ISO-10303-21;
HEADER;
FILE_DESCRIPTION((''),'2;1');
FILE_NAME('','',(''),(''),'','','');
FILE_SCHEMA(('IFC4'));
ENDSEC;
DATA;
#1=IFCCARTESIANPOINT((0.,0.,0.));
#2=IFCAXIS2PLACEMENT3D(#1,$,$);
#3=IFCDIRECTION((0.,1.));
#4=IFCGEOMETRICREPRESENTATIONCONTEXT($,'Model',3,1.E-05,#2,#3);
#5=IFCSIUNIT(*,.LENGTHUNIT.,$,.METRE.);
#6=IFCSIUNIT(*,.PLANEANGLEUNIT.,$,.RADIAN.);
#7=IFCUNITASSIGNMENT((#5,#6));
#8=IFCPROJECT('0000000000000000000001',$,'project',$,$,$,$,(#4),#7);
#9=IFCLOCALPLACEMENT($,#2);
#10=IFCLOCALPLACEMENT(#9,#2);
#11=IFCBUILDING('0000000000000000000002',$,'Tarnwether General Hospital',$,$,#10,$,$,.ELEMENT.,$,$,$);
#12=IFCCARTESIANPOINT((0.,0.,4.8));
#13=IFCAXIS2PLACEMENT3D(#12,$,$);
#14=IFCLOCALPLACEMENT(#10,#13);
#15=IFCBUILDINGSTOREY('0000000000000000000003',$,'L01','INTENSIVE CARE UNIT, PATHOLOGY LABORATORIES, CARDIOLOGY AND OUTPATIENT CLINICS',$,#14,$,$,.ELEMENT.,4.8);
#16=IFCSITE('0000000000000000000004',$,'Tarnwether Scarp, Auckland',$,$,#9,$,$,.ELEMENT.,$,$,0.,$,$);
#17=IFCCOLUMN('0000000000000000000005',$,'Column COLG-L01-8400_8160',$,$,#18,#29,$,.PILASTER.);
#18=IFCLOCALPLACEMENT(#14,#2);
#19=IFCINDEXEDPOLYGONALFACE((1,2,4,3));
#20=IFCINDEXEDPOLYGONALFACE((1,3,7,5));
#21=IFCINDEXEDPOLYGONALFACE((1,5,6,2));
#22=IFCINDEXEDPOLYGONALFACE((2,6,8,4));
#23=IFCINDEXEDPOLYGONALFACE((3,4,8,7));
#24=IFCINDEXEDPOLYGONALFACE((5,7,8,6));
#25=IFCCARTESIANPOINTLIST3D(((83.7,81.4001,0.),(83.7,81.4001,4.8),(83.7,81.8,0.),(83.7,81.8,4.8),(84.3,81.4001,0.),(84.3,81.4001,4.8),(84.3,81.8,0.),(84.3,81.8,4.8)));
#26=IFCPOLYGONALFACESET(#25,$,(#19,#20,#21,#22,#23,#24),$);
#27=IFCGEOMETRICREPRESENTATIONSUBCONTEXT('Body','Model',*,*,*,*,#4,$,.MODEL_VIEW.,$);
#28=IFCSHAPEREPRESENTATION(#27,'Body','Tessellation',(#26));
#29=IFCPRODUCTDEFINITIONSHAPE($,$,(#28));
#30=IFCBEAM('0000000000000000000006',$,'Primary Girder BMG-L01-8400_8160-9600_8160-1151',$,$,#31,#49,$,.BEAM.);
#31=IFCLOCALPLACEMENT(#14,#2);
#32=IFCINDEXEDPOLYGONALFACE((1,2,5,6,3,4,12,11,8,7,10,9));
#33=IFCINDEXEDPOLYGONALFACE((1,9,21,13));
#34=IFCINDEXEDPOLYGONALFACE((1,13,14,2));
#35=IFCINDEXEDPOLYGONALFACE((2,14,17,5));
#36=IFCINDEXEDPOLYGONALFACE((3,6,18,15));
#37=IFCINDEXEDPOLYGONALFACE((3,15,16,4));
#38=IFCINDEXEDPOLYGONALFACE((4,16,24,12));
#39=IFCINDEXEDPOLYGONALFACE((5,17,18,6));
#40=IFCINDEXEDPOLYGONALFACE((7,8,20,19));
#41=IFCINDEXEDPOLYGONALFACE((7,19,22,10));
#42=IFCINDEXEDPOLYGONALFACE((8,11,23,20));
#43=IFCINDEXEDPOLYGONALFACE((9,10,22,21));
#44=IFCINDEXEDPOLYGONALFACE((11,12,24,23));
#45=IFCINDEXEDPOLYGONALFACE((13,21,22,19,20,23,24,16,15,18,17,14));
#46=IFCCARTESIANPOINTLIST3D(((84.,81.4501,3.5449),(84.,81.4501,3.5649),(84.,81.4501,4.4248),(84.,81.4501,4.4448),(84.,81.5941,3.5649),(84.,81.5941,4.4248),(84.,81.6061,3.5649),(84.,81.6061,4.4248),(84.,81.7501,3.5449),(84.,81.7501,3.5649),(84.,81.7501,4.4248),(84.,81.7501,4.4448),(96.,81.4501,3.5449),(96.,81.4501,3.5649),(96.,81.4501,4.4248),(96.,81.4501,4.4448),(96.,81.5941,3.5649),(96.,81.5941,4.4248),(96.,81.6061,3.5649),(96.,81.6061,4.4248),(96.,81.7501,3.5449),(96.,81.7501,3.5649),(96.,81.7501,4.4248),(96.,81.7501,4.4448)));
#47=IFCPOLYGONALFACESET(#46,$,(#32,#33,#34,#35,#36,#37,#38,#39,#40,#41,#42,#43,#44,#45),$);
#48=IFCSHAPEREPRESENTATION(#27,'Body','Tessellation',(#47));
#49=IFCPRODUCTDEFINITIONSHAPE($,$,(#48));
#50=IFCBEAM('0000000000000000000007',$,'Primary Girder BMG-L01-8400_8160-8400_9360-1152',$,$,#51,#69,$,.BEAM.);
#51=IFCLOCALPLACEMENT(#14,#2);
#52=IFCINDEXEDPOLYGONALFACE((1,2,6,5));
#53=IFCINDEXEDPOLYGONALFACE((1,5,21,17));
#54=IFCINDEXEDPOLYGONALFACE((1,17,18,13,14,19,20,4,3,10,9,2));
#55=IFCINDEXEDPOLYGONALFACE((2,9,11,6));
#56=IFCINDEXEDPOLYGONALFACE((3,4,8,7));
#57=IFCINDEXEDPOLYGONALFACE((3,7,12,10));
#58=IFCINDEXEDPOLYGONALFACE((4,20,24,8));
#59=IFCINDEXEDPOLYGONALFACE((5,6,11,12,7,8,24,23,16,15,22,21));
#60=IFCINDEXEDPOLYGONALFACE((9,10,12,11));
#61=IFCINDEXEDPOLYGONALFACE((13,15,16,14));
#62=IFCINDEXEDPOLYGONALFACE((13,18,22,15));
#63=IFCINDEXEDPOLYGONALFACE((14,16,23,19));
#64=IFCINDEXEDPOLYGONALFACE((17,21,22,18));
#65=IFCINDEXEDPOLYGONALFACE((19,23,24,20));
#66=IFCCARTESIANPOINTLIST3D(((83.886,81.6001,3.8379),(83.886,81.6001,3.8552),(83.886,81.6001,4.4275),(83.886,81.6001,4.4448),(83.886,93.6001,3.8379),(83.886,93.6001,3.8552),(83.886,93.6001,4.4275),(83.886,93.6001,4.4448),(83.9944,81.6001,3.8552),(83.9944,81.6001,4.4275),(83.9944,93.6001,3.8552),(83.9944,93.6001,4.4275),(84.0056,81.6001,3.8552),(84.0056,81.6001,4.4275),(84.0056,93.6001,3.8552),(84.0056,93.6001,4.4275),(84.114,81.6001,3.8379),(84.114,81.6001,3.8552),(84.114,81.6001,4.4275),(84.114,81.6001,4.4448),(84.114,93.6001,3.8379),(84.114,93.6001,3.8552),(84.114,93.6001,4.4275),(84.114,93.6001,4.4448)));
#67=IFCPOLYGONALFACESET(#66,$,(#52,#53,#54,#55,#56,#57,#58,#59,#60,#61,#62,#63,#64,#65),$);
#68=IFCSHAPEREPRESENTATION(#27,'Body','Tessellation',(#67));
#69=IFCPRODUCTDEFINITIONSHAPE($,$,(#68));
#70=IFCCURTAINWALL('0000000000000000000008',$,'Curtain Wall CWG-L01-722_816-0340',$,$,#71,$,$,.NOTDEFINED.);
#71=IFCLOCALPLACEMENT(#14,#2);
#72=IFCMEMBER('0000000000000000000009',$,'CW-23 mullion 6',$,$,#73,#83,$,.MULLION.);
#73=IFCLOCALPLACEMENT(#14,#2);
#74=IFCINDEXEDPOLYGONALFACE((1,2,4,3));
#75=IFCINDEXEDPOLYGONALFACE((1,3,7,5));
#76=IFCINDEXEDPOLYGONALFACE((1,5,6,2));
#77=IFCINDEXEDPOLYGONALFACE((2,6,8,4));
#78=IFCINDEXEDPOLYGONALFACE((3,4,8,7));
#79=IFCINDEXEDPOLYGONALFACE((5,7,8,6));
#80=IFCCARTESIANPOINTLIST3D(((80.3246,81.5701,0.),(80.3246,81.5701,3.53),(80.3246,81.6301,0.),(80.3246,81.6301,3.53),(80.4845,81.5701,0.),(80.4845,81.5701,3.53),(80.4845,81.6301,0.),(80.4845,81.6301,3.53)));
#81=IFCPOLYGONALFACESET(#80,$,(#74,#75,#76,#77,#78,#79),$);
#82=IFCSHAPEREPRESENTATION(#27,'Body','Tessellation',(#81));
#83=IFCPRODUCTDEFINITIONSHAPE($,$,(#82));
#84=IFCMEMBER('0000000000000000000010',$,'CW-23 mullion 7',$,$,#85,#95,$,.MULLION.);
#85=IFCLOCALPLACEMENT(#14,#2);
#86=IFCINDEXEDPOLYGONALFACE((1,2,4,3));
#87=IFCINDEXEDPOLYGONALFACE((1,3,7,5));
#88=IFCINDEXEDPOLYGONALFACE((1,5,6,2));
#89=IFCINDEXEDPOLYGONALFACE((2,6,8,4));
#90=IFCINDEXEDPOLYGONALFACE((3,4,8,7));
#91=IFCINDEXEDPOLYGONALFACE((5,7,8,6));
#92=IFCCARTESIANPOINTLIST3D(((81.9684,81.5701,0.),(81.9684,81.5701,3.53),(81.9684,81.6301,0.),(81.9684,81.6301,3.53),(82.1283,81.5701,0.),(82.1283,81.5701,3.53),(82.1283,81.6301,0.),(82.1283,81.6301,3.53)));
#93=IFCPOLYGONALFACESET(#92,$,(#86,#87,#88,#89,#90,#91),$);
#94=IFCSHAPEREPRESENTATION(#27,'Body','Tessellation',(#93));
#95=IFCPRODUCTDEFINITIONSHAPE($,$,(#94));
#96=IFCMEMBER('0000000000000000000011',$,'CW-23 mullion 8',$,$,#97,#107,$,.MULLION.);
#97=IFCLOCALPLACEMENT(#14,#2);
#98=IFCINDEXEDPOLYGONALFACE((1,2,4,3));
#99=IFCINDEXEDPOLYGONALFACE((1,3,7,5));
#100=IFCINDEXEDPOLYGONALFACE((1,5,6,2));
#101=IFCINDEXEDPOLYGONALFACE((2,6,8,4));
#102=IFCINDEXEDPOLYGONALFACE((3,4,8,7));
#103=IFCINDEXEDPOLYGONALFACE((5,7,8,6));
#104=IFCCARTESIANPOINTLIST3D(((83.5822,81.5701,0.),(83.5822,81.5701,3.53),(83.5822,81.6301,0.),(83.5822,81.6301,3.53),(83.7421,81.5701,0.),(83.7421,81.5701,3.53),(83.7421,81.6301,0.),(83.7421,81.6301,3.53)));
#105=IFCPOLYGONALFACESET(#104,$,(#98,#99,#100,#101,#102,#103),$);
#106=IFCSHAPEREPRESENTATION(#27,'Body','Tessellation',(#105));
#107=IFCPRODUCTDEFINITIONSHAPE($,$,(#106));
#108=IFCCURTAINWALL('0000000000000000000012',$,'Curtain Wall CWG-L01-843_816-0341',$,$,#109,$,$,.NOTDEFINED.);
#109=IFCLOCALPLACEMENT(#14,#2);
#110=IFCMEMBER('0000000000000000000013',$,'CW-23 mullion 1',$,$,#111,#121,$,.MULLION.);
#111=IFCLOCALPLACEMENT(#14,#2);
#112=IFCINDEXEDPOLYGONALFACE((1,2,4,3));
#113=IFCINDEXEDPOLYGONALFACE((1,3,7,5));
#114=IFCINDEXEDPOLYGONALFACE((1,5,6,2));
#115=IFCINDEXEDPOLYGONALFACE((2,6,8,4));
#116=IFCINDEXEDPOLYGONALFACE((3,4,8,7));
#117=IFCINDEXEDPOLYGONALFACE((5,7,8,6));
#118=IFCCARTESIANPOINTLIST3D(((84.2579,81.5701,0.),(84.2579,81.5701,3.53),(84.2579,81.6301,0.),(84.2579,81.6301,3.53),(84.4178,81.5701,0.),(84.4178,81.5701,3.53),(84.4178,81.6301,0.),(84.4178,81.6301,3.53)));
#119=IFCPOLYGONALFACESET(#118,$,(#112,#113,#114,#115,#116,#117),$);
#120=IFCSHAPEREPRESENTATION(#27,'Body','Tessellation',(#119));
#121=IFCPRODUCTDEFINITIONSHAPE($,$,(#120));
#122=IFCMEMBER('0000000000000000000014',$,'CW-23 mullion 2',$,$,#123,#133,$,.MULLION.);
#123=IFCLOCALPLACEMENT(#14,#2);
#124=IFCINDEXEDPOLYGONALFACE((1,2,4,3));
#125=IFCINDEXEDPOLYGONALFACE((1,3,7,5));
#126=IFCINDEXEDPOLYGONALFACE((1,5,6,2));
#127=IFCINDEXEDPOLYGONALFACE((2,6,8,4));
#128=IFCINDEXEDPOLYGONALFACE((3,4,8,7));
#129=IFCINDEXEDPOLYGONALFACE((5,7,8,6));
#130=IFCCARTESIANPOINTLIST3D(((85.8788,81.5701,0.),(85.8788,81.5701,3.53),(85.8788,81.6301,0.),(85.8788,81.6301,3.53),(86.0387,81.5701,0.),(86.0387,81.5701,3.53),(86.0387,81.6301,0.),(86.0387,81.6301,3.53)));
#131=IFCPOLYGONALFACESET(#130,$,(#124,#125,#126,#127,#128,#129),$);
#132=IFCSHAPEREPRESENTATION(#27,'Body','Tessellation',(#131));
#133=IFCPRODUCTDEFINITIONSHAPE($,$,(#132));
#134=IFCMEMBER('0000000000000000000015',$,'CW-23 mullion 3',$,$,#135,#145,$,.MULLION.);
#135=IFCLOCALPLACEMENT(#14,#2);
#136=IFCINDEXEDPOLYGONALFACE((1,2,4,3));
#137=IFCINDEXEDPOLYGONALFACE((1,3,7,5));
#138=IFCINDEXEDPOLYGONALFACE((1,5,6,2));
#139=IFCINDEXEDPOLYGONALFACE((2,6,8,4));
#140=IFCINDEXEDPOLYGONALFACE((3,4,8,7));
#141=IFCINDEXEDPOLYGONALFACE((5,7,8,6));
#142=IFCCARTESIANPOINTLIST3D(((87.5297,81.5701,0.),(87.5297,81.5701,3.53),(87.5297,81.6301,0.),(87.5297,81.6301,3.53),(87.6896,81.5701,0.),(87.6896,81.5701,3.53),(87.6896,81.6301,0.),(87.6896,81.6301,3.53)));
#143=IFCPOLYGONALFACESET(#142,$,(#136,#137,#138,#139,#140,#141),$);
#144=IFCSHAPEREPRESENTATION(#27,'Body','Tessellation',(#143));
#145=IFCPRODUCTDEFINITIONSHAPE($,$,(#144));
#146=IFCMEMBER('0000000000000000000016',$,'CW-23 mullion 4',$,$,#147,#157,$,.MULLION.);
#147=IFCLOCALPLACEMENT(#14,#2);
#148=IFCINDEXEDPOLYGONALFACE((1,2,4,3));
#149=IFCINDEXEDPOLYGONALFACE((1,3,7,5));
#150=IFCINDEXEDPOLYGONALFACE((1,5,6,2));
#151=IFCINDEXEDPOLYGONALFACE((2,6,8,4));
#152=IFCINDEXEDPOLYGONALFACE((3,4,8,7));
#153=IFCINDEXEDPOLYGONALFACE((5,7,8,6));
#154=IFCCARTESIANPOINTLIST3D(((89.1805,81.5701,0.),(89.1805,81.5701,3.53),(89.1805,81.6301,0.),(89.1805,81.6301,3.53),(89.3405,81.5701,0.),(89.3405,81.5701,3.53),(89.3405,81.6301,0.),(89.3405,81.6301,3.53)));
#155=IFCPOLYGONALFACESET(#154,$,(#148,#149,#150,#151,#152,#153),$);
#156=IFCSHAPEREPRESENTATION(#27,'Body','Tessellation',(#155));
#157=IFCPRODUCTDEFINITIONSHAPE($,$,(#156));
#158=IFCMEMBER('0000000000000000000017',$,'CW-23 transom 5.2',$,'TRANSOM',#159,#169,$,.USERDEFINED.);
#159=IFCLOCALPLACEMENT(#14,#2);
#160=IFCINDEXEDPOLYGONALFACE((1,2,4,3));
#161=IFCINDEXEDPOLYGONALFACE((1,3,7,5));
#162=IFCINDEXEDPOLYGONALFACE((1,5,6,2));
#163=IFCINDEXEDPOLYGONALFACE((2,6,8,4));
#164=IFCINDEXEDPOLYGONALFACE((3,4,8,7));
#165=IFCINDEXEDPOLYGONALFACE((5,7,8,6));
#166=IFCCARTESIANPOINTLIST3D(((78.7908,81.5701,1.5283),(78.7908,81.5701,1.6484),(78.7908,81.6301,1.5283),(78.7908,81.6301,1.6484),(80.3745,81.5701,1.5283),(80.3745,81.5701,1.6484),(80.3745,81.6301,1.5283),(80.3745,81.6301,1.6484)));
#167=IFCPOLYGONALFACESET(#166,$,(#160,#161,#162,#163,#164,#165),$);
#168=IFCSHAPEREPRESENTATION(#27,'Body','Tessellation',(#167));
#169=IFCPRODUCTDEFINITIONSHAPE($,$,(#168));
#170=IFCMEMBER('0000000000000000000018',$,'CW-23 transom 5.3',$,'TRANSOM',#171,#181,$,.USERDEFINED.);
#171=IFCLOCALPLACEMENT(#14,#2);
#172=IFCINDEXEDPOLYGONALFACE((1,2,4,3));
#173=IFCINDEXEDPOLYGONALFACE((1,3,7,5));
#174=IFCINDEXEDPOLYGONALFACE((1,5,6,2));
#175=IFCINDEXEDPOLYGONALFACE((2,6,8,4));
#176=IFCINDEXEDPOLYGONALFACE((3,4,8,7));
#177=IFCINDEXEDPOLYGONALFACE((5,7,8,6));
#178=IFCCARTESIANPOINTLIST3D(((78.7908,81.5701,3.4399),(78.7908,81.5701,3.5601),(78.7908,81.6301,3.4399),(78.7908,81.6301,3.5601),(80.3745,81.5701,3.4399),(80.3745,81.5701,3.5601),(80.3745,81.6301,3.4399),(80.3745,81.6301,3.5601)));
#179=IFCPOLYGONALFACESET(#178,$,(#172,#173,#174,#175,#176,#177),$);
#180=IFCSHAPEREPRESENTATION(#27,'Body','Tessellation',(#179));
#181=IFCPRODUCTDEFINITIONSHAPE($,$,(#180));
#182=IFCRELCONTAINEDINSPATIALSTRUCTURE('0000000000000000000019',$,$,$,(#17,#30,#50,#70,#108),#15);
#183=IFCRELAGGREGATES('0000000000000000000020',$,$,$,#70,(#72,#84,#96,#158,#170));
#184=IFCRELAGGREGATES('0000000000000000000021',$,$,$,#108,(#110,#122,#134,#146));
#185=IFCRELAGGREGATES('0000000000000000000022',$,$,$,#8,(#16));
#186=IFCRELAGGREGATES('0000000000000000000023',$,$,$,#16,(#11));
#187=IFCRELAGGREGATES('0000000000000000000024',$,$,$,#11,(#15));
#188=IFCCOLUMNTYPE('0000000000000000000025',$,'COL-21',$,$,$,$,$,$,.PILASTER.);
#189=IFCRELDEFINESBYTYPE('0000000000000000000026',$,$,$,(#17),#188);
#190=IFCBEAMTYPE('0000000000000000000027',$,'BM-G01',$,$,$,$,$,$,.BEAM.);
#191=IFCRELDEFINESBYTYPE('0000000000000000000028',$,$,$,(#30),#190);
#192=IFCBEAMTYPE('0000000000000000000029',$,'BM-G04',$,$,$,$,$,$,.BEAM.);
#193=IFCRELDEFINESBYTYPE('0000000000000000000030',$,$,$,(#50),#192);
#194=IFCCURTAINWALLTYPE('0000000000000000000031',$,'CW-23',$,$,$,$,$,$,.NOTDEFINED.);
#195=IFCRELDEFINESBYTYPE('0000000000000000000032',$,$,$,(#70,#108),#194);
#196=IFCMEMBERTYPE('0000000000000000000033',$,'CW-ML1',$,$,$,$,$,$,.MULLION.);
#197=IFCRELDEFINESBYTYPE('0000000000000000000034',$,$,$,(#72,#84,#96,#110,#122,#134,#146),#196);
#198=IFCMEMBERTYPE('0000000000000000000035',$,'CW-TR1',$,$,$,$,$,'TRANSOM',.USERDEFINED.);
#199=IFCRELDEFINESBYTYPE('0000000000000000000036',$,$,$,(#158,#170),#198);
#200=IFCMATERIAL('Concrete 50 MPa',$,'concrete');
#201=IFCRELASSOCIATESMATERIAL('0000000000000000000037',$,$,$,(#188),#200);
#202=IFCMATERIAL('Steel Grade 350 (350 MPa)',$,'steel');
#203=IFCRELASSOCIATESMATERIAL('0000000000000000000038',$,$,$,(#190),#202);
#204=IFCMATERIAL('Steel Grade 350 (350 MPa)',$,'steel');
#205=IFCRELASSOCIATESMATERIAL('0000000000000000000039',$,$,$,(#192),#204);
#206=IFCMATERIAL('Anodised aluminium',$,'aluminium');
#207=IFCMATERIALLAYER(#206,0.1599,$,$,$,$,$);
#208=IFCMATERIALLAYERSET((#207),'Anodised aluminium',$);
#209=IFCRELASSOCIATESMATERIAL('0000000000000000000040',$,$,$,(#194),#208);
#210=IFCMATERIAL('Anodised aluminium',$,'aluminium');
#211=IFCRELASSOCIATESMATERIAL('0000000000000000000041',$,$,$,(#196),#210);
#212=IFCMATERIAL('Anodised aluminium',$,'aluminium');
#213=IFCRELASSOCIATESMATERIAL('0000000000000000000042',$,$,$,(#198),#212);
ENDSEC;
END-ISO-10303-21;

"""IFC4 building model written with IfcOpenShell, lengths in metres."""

from ifc_helpers import new_model, si_unit, direction, frame, origin, origin_2d, place, context, subcontext, project, spatial, rectangle, i_section, extrude, material, layer, layer_set, material_profile, profile_set, type_object, element, aggregate, save


model = new_model("IFC4")

# Units and contexts
model_context = context("Model", 3, precision=1e-05, world=origin(), true_north=direction((0.0, 1.0)))
body_context = subcontext(model_context, "Body", "Model", "MODEL_VIEW")
ifc_project = project(units=[si_unit("LENGTHUNIT", "METRE"), si_unit("PLANEANGLEUNIT", "RADIAN")], contexts=[model_context])

# Site, building, storey
site_placement = place(None, origin())
site = spatial("IfcSite", under=ifc_project, at=site_placement, Name="Tarnwether Scarp, Auckland", CompositionType="ELEMENT", RefElevation=0.0)
building_placement = place(site_placement, origin())
building = spatial("IfcBuilding", under=site, at=building_placement, Name="Tarnwether General Hospital", CompositionType="ELEMENT")
storey_placement = place(building_placement, frame((0.0, 0.0, 4.8)))
storey = spatial("IfcBuildingStorey", under=building, at=storey_placement, Name="L01", Description="INTENSIVE CARE UNIT, PATHOLOGY LABORATORIES, CARDIOLOGY AND OUTPATIENT CLINICS", CompositionType="ELEMENT", Elevation=4.8)

# Column
ifc_material_1 = material(Name="Concrete 50 MPa", Category="concrete")
ifc_material_profile_1 = material_profile(ifc_material_1, rectangle(XDim=0.3999, YDim=0.6001, at=origin_2d()), Name="RC-PIL-400x600")
ifc_profile_set_1 = profile_set([ifc_material_profile_1], Name="Concrete 50 MPa")
column_type = type_object("IfcColumnType", Name="COL-21", PredefinedType="PILASTER", material=ifc_profile_set_1)
column_placement = place(storey_placement, frame((84.0, 81.6001, 0.0), z_axis=(0.0, 0.0, 1.0), x_axis=(0.0, 1.0, 0.0)))
element("IfcColumn", 1, at=column_placement, inside=storey, type_object=column_type, Name="Column COLG-L01-8400_8160", PredefinedType="PILASTER", context=body_context, shape_type="SweptSolid", body=[
    extrude(rectangle(XDim=0.3999, YDim=0.6001, at=origin_2d()), origin(), (0.0, 0.0, 1.0), 4.8),
])

# Beams
ifc_material_2 = material(Name="Steel Grade 350 (350 MPa)", Category="steel")
ifc_material_profile_2 = material_profile(ifc_material_2, i_section(OverallWidth=0.3, OverallDepth=0.8999, WebThickness=0.012, FlangeThickness=0.02, at=origin_2d()), Name="900WB175")
ifc_profile_set_2 = profile_set([ifc_material_profile_2], Name="Steel Grade 350 (350 MPa)")
beam_type_1 = type_object("IfcBeamType", Name="BM-G01", PredefinedType="BEAM", material=ifc_profile_set_2)
beam_1_placement = place(storey_placement, frame((84.0, 81.6001, 3.9949), z_axis=(1.0, 0.0, 0.0), x_axis=(0.0, 1.0, 0.0)))
element("IfcBeam", 2, at=beam_1_placement, inside=storey, type_object=beam_type_1, Name="Primary Girder BMG-L01-8400_8160-9600_8160-1151", PredefinedType="BEAM", context=body_context, shape_type="SweptSolid", body=[
    extrude(i_section(OverallWidth=0.3, OverallDepth=0.8999, WebThickness=0.012, FlangeThickness=0.02, at=origin_2d()), origin(), (0.0, 0.0, 1.0), 12.0),
])
ifc_material_3 = material(Name="Steel Grade 350 (350 MPa)", Category="steel")
ifc_material_profile_3 = material_profile(ifc_material_3, i_section(OverallWidth=0.228, OverallDepth=0.6069, WebThickness=0.0112, FlangeThickness=0.0173, at=origin_2d()), Name="610UB113")
ifc_profile_set_3 = profile_set([ifc_material_profile_3], Name="Steel Grade 350 (350 MPa)")
beam_type_2 = type_object("IfcBeamType", Name="BM-G04", PredefinedType="BEAM", material=ifc_profile_set_3)
beam_2_placement = place(storey_placement, frame((84.0, 81.6001, 4.1414), z_axis=(0.0, 1.0, 0.0), x_axis=(-1.0, 0.0, 0.0)))
element("IfcBeam", 3, at=beam_2_placement, inside=storey, type_object=beam_type_2, Name="Primary Girder BMG-L01-8400_8160-8400_9360-1152", PredefinedType="BEAM", context=body_context, shape_type="SweptSolid", body=[
    extrude(i_section(OverallWidth=0.228, OverallDepth=0.6069, WebThickness=0.0112, FlangeThickness=0.0173, at=origin_2d()), origin(), (0.0, 0.0, 1.0), 12.0),
])

# Curtain walls, members
ifc_material_4 = material(Name="Anodised aluminium", Category="aluminium")
ifc_layer_1 = layer(ifc_material_4, 0.1599)
ifc_layer_set_1 = layer_set([ifc_layer_1], Name="Anodised aluminium")
curtain_wall_type = type_object("IfcCurtainWallType", Name="CW-23", PredefinedType="NOTDEFINED", material=ifc_layer_set_1)
curtain_wall_1_placement = place(storey_placement, origin())
curtain_wall_1 = element("IfcCurtainWall", 4, at=curtain_wall_1_placement, inside=storey, type_object=curtain_wall_type, Name="Curtain Wall CWG-L01-722_816-0340", PredefinedType="NOTDEFINED")
ifc_material_5 = material(Name="Anodised aluminium", Category="aluminium")
ifc_material_profile_4 = material_profile(ifc_material_5, rectangle(XDim=0.0601, YDim=0.1599, at=origin_2d()), Name="ALU-MUL-60x160")
ifc_profile_set_4 = profile_set([ifc_material_profile_4], Name="Anodised aluminium")
member_type_1 = type_object("IfcMemberType", Name="CW-ML1", PredefinedType="MULLION", material=ifc_profile_set_4)
member_1_placement = place(storey_placement, frame((80.4045, 81.6001, 0.0), z_axis=(0.0, 0.0, 1.0), x_axis=(0.0, 1.0, 0.0)))
member_1 = element("IfcMember", 5, at=member_1_placement, type_object=member_type_1, Name="CW-23 mullion 6", PredefinedType="MULLION", context=body_context, shape_type="SweptSolid", body=[
    extrude(rectangle(XDim=0.0601, YDim=0.1599, at=origin_2d()), origin(), (0.0, 0.0, 1.0), 3.53),
])
member_2_placement = place(storey_placement, frame((82.0483, 81.6001, 0.0), z_axis=(0.0, 0.0, 1.0), x_axis=(0.0, 1.0, 0.0)))
member_2 = element("IfcMember", 6, at=member_2_placement, type_object=member_type_1, Name="CW-23 mullion 7", PredefinedType="MULLION", context=body_context, shape_type="SweptSolid", body=[
    extrude(rectangle(XDim=0.0601, YDim=0.1599, at=origin_2d()), origin(), (0.0, 0.0, 1.0), 3.53),
])
member_3_placement = place(storey_placement, frame((83.6621, 81.6001, 0.0), z_axis=(0.0, 0.0, 1.0), x_axis=(0.0, 1.0, 0.0)))
member_3 = element("IfcMember", 7, at=member_3_placement, type_object=member_type_1, Name="CW-23 mullion 8", PredefinedType="MULLION", context=body_context, shape_type="SweptSolid", body=[
    extrude(rectangle(XDim=0.0601, YDim=0.1599, at=origin_2d()), origin(), (0.0, 0.0, 1.0), 3.53),
])
curtain_wall_2_placement = place(storey_placement, origin())
curtain_wall_2 = element("IfcCurtainWall", 8, at=curtain_wall_2_placement, inside=storey, type_object=curtain_wall_type, Name="Curtain Wall CWG-L01-843_816-0341", PredefinedType="NOTDEFINED")
member_4_placement = place(storey_placement, frame((84.3379, 81.6001, 0.0), z_axis=(0.0, 0.0, 1.0), x_axis=(0.0, 1.0, 0.0)))
member_4 = element("IfcMember", 9, at=member_4_placement, type_object=member_type_1, Name="CW-23 mullion 1", PredefinedType="MULLION", context=body_context, shape_type="SweptSolid", body=[
    extrude(rectangle(XDim=0.0601, YDim=0.1599, at=origin_2d()), origin(), (0.0, 0.0, 1.0), 3.53),
])
member_5_placement = place(storey_placement, frame((85.9587, 81.6001, 0.0), z_axis=(0.0, 0.0, 1.0), x_axis=(0.0, 1.0, 0.0)))
member_5 = element("IfcMember", 10, at=member_5_placement, type_object=member_type_1, Name="CW-23 mullion 2", PredefinedType="MULLION", context=body_context, shape_type="SweptSolid", body=[
    extrude(rectangle(XDim=0.0601, YDim=0.1599, at=origin_2d()), origin(), (0.0, 0.0, 1.0), 3.53),
])
member_6_placement = place(storey_placement, frame((87.6096, 81.6001, 0.0), z_axis=(0.0, 0.0, 1.0), x_axis=(0.0, 1.0, 0.0)))
member_6 = element("IfcMember", 11, at=member_6_placement, type_object=member_type_1, Name="CW-23 mullion 3", PredefinedType="MULLION", context=body_context, shape_type="SweptSolid", body=[
    extrude(rectangle(XDim=0.0601, YDim=0.1599, at=origin_2d()), origin(), (0.0, 0.0, 1.0), 3.53),
])
member_7_placement = place(storey_placement, frame((89.2605, 81.6001, 0.0), z_axis=(0.0, 0.0, 1.0), x_axis=(0.0, 1.0, 0.0)))
member_7 = element("IfcMember", 12, at=member_7_placement, type_object=member_type_1, Name="CW-23 mullion 4", PredefinedType="MULLION", context=body_context, shape_type="SweptSolid", body=[
    extrude(rectangle(XDim=0.0601, YDim=0.1599, at=origin_2d()), origin(), (0.0, 0.0, 1.0), 3.53),
])

# Members
ifc_material_6 = material(Name="Anodised aluminium", Category="aluminium")
ifc_material_profile_5 = material_profile(ifc_material_6, rectangle(XDim=0.0601, YDim=0.1201, at=origin_2d()), Name="ALU-TRN-60x120")
ifc_profile_set_5 = profile_set([ifc_material_profile_5], Name="Anodised aluminium")
member_type_2 = type_object("IfcMemberType", Name="CW-TR1", ElementType="TRANSOM", PredefinedType="USERDEFINED", material=ifc_profile_set_5)
member_8_placement = place(storey_placement, frame((78.7908, 81.6001, 1.5884), z_axis=(1.0, 0.0, 0.0), x_axis=(0.0, 1.0, 0.0)))
member_8 = element("IfcMember", 13, at=member_8_placement, type_object=member_type_2, Name="CW-23 transom 5.2", ObjectType="TRANSOM", PredefinedType="USERDEFINED", context=body_context, shape_type="SweptSolid", body=[
    extrude(rectangle(XDim=0.0601, YDim=0.1201, at=origin_2d()), origin(), (0.0, 0.0, 1.0), 1.5837),
])
member_9_placement = place(storey_placement, frame((78.7908, 81.6001, 3.5), z_axis=(1.0, 0.0, 0.0), x_axis=(0.0, 1.0, 0.0)))
member_9 = element("IfcMember", 14, at=member_9_placement, type_object=member_type_2, Name="CW-23 transom 5.3", ObjectType="TRANSOM", PredefinedType="USERDEFINED", context=body_context, shape_type="SweptSolid", body=[
    extrude(rectangle(XDim=0.0601, YDim=0.1201, at=origin_2d()), origin(), (0.0, 0.0, 1.0), 1.5837),
])

aggregate(curtain_wall_1, [member_1, member_2, member_3, member_8, member_9])
aggregate(curtain_wall_2, [member_4, member_5, member_6, member_7])

save(model, "model.ifc")
